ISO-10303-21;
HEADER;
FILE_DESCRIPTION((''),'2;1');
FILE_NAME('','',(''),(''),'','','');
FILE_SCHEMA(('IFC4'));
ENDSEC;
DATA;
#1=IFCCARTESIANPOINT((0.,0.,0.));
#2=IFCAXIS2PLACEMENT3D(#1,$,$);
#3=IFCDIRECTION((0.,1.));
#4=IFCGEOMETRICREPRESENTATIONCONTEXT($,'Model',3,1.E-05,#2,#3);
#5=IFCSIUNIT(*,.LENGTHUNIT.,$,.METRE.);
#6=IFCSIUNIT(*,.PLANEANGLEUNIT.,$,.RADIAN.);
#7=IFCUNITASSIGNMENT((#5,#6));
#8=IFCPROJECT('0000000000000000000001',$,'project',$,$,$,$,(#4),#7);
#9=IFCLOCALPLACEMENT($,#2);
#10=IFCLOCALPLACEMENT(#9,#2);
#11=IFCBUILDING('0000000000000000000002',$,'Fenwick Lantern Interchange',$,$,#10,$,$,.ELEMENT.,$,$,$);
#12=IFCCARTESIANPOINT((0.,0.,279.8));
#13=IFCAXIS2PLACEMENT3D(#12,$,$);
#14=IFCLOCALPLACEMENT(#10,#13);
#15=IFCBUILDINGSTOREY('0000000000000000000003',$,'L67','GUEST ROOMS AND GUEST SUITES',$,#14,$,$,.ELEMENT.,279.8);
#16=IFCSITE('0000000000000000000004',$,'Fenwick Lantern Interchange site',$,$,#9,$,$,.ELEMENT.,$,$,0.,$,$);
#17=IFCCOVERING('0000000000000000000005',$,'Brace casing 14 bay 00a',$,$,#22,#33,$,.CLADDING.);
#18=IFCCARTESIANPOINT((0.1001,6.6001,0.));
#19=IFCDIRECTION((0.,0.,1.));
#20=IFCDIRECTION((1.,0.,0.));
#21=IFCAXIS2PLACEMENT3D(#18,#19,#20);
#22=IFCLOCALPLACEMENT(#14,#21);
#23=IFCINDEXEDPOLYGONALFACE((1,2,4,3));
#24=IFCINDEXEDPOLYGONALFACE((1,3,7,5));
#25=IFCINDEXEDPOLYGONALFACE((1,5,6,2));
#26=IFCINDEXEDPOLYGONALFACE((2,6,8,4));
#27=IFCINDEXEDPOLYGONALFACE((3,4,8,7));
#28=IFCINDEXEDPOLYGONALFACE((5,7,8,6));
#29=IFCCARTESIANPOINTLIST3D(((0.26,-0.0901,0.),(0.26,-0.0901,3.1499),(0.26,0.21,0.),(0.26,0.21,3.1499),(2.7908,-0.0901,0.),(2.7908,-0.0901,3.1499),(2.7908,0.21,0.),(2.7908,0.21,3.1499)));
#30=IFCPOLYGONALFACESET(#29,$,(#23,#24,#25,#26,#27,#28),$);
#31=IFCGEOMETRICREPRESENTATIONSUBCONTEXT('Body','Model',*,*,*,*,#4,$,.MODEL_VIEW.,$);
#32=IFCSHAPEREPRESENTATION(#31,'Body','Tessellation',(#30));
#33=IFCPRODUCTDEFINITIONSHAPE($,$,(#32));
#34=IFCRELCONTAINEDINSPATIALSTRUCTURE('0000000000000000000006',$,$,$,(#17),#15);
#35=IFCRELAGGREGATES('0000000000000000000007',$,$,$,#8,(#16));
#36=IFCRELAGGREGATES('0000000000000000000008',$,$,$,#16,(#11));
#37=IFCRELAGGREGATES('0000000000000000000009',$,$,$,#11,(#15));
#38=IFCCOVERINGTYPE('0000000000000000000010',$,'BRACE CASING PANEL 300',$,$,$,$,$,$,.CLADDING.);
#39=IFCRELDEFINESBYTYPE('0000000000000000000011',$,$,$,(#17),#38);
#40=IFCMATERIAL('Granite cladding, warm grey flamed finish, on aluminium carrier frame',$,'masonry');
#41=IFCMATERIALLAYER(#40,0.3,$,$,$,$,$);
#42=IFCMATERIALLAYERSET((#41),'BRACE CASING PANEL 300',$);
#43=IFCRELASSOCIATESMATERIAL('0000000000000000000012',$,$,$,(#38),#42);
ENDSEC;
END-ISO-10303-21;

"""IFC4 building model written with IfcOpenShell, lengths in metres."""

from ifc_helpers import new_model, si_unit, direction, frame, origin, place, context, subcontext, project, spatial, polyline, outline, extrude, material, layer, layer_set, type_object, element, save


model = new_model("IFC4")

# Units and contexts
model_context = context("Model", 3, precision=1e-05, world=origin(), true_north=direction((0.0, 1.0)))
body_context = subcontext(model_context, "Body", "Model", "MODEL_VIEW")
ifc_project = project(units=[si_unit("LENGTHUNIT", "METRE"), si_unit("PLANEANGLEUNIT", "RADIAN")], contexts=[model_context])

# Site, building, storey
site_placement = place(None, origin())
site = spatial("IfcSite", under=ifc_project, at=site_placement, Name="Fenwick Lantern Interchange site", CompositionType="ELEMENT", RefElevation=0.0)
building_placement = place(site_placement, origin())
building = spatial("IfcBuilding", under=site, at=building_placement, Name="Fenwick Lantern Interchange", CompositionType="ELEMENT")
storey_placement = place(building_placement, frame((0.0, 0.0, 279.8)))
storey = spatial("IfcBuildingStorey", under=building, at=storey_placement, Name="L67", Description="GUEST ROOMS AND GUEST SUITES", CompositionType="ELEMENT", Elevation=279.8)

# Covering
ifc_material_1 = material(Name="Granite cladding, warm grey flamed finish, on aluminium carrier frame", Category="masonry")
ifc_layer_1 = layer(ifc_material_1, 0.3)
ifc_layer_set_1 = layer_set([ifc_layer_1], Name="BRACE CASING PANEL 300")
covering_type = type_object("IfcCoveringType", Name="BRACE CASING PANEL 300", PredefinedType="CLADDING", material=ifc_layer_set_1)
covering_placement = place(storey_placement, frame((0.1001, 6.6001, 0.0), z_axis=(0.0, 0.0, 1.0), x_axis=(1.0, 0.0, 0.0)))
element("IfcCovering", 1, at=covering_placement, inside=storey, type_object=covering_type, Name="Brace casing 14 bay 00a", PredefinedType="CLADDING", context=body_context, shape_type="SweptSolid", body=[
    extrude(outline(polyline([(0.26, 0.0), (2.7908, 0.0), (2.7908, 3.1499), (0.26, 3.1499), (0.26, 0.0)])), frame((0.0, 0.21, 0.0), z_axis=(0.0, -1.0, 0.0), x_axis=(1.0, 0.0, 0.0)), (0.0, 0.0, 1.0), 0.3),
])

save(model, "model.ifc")
